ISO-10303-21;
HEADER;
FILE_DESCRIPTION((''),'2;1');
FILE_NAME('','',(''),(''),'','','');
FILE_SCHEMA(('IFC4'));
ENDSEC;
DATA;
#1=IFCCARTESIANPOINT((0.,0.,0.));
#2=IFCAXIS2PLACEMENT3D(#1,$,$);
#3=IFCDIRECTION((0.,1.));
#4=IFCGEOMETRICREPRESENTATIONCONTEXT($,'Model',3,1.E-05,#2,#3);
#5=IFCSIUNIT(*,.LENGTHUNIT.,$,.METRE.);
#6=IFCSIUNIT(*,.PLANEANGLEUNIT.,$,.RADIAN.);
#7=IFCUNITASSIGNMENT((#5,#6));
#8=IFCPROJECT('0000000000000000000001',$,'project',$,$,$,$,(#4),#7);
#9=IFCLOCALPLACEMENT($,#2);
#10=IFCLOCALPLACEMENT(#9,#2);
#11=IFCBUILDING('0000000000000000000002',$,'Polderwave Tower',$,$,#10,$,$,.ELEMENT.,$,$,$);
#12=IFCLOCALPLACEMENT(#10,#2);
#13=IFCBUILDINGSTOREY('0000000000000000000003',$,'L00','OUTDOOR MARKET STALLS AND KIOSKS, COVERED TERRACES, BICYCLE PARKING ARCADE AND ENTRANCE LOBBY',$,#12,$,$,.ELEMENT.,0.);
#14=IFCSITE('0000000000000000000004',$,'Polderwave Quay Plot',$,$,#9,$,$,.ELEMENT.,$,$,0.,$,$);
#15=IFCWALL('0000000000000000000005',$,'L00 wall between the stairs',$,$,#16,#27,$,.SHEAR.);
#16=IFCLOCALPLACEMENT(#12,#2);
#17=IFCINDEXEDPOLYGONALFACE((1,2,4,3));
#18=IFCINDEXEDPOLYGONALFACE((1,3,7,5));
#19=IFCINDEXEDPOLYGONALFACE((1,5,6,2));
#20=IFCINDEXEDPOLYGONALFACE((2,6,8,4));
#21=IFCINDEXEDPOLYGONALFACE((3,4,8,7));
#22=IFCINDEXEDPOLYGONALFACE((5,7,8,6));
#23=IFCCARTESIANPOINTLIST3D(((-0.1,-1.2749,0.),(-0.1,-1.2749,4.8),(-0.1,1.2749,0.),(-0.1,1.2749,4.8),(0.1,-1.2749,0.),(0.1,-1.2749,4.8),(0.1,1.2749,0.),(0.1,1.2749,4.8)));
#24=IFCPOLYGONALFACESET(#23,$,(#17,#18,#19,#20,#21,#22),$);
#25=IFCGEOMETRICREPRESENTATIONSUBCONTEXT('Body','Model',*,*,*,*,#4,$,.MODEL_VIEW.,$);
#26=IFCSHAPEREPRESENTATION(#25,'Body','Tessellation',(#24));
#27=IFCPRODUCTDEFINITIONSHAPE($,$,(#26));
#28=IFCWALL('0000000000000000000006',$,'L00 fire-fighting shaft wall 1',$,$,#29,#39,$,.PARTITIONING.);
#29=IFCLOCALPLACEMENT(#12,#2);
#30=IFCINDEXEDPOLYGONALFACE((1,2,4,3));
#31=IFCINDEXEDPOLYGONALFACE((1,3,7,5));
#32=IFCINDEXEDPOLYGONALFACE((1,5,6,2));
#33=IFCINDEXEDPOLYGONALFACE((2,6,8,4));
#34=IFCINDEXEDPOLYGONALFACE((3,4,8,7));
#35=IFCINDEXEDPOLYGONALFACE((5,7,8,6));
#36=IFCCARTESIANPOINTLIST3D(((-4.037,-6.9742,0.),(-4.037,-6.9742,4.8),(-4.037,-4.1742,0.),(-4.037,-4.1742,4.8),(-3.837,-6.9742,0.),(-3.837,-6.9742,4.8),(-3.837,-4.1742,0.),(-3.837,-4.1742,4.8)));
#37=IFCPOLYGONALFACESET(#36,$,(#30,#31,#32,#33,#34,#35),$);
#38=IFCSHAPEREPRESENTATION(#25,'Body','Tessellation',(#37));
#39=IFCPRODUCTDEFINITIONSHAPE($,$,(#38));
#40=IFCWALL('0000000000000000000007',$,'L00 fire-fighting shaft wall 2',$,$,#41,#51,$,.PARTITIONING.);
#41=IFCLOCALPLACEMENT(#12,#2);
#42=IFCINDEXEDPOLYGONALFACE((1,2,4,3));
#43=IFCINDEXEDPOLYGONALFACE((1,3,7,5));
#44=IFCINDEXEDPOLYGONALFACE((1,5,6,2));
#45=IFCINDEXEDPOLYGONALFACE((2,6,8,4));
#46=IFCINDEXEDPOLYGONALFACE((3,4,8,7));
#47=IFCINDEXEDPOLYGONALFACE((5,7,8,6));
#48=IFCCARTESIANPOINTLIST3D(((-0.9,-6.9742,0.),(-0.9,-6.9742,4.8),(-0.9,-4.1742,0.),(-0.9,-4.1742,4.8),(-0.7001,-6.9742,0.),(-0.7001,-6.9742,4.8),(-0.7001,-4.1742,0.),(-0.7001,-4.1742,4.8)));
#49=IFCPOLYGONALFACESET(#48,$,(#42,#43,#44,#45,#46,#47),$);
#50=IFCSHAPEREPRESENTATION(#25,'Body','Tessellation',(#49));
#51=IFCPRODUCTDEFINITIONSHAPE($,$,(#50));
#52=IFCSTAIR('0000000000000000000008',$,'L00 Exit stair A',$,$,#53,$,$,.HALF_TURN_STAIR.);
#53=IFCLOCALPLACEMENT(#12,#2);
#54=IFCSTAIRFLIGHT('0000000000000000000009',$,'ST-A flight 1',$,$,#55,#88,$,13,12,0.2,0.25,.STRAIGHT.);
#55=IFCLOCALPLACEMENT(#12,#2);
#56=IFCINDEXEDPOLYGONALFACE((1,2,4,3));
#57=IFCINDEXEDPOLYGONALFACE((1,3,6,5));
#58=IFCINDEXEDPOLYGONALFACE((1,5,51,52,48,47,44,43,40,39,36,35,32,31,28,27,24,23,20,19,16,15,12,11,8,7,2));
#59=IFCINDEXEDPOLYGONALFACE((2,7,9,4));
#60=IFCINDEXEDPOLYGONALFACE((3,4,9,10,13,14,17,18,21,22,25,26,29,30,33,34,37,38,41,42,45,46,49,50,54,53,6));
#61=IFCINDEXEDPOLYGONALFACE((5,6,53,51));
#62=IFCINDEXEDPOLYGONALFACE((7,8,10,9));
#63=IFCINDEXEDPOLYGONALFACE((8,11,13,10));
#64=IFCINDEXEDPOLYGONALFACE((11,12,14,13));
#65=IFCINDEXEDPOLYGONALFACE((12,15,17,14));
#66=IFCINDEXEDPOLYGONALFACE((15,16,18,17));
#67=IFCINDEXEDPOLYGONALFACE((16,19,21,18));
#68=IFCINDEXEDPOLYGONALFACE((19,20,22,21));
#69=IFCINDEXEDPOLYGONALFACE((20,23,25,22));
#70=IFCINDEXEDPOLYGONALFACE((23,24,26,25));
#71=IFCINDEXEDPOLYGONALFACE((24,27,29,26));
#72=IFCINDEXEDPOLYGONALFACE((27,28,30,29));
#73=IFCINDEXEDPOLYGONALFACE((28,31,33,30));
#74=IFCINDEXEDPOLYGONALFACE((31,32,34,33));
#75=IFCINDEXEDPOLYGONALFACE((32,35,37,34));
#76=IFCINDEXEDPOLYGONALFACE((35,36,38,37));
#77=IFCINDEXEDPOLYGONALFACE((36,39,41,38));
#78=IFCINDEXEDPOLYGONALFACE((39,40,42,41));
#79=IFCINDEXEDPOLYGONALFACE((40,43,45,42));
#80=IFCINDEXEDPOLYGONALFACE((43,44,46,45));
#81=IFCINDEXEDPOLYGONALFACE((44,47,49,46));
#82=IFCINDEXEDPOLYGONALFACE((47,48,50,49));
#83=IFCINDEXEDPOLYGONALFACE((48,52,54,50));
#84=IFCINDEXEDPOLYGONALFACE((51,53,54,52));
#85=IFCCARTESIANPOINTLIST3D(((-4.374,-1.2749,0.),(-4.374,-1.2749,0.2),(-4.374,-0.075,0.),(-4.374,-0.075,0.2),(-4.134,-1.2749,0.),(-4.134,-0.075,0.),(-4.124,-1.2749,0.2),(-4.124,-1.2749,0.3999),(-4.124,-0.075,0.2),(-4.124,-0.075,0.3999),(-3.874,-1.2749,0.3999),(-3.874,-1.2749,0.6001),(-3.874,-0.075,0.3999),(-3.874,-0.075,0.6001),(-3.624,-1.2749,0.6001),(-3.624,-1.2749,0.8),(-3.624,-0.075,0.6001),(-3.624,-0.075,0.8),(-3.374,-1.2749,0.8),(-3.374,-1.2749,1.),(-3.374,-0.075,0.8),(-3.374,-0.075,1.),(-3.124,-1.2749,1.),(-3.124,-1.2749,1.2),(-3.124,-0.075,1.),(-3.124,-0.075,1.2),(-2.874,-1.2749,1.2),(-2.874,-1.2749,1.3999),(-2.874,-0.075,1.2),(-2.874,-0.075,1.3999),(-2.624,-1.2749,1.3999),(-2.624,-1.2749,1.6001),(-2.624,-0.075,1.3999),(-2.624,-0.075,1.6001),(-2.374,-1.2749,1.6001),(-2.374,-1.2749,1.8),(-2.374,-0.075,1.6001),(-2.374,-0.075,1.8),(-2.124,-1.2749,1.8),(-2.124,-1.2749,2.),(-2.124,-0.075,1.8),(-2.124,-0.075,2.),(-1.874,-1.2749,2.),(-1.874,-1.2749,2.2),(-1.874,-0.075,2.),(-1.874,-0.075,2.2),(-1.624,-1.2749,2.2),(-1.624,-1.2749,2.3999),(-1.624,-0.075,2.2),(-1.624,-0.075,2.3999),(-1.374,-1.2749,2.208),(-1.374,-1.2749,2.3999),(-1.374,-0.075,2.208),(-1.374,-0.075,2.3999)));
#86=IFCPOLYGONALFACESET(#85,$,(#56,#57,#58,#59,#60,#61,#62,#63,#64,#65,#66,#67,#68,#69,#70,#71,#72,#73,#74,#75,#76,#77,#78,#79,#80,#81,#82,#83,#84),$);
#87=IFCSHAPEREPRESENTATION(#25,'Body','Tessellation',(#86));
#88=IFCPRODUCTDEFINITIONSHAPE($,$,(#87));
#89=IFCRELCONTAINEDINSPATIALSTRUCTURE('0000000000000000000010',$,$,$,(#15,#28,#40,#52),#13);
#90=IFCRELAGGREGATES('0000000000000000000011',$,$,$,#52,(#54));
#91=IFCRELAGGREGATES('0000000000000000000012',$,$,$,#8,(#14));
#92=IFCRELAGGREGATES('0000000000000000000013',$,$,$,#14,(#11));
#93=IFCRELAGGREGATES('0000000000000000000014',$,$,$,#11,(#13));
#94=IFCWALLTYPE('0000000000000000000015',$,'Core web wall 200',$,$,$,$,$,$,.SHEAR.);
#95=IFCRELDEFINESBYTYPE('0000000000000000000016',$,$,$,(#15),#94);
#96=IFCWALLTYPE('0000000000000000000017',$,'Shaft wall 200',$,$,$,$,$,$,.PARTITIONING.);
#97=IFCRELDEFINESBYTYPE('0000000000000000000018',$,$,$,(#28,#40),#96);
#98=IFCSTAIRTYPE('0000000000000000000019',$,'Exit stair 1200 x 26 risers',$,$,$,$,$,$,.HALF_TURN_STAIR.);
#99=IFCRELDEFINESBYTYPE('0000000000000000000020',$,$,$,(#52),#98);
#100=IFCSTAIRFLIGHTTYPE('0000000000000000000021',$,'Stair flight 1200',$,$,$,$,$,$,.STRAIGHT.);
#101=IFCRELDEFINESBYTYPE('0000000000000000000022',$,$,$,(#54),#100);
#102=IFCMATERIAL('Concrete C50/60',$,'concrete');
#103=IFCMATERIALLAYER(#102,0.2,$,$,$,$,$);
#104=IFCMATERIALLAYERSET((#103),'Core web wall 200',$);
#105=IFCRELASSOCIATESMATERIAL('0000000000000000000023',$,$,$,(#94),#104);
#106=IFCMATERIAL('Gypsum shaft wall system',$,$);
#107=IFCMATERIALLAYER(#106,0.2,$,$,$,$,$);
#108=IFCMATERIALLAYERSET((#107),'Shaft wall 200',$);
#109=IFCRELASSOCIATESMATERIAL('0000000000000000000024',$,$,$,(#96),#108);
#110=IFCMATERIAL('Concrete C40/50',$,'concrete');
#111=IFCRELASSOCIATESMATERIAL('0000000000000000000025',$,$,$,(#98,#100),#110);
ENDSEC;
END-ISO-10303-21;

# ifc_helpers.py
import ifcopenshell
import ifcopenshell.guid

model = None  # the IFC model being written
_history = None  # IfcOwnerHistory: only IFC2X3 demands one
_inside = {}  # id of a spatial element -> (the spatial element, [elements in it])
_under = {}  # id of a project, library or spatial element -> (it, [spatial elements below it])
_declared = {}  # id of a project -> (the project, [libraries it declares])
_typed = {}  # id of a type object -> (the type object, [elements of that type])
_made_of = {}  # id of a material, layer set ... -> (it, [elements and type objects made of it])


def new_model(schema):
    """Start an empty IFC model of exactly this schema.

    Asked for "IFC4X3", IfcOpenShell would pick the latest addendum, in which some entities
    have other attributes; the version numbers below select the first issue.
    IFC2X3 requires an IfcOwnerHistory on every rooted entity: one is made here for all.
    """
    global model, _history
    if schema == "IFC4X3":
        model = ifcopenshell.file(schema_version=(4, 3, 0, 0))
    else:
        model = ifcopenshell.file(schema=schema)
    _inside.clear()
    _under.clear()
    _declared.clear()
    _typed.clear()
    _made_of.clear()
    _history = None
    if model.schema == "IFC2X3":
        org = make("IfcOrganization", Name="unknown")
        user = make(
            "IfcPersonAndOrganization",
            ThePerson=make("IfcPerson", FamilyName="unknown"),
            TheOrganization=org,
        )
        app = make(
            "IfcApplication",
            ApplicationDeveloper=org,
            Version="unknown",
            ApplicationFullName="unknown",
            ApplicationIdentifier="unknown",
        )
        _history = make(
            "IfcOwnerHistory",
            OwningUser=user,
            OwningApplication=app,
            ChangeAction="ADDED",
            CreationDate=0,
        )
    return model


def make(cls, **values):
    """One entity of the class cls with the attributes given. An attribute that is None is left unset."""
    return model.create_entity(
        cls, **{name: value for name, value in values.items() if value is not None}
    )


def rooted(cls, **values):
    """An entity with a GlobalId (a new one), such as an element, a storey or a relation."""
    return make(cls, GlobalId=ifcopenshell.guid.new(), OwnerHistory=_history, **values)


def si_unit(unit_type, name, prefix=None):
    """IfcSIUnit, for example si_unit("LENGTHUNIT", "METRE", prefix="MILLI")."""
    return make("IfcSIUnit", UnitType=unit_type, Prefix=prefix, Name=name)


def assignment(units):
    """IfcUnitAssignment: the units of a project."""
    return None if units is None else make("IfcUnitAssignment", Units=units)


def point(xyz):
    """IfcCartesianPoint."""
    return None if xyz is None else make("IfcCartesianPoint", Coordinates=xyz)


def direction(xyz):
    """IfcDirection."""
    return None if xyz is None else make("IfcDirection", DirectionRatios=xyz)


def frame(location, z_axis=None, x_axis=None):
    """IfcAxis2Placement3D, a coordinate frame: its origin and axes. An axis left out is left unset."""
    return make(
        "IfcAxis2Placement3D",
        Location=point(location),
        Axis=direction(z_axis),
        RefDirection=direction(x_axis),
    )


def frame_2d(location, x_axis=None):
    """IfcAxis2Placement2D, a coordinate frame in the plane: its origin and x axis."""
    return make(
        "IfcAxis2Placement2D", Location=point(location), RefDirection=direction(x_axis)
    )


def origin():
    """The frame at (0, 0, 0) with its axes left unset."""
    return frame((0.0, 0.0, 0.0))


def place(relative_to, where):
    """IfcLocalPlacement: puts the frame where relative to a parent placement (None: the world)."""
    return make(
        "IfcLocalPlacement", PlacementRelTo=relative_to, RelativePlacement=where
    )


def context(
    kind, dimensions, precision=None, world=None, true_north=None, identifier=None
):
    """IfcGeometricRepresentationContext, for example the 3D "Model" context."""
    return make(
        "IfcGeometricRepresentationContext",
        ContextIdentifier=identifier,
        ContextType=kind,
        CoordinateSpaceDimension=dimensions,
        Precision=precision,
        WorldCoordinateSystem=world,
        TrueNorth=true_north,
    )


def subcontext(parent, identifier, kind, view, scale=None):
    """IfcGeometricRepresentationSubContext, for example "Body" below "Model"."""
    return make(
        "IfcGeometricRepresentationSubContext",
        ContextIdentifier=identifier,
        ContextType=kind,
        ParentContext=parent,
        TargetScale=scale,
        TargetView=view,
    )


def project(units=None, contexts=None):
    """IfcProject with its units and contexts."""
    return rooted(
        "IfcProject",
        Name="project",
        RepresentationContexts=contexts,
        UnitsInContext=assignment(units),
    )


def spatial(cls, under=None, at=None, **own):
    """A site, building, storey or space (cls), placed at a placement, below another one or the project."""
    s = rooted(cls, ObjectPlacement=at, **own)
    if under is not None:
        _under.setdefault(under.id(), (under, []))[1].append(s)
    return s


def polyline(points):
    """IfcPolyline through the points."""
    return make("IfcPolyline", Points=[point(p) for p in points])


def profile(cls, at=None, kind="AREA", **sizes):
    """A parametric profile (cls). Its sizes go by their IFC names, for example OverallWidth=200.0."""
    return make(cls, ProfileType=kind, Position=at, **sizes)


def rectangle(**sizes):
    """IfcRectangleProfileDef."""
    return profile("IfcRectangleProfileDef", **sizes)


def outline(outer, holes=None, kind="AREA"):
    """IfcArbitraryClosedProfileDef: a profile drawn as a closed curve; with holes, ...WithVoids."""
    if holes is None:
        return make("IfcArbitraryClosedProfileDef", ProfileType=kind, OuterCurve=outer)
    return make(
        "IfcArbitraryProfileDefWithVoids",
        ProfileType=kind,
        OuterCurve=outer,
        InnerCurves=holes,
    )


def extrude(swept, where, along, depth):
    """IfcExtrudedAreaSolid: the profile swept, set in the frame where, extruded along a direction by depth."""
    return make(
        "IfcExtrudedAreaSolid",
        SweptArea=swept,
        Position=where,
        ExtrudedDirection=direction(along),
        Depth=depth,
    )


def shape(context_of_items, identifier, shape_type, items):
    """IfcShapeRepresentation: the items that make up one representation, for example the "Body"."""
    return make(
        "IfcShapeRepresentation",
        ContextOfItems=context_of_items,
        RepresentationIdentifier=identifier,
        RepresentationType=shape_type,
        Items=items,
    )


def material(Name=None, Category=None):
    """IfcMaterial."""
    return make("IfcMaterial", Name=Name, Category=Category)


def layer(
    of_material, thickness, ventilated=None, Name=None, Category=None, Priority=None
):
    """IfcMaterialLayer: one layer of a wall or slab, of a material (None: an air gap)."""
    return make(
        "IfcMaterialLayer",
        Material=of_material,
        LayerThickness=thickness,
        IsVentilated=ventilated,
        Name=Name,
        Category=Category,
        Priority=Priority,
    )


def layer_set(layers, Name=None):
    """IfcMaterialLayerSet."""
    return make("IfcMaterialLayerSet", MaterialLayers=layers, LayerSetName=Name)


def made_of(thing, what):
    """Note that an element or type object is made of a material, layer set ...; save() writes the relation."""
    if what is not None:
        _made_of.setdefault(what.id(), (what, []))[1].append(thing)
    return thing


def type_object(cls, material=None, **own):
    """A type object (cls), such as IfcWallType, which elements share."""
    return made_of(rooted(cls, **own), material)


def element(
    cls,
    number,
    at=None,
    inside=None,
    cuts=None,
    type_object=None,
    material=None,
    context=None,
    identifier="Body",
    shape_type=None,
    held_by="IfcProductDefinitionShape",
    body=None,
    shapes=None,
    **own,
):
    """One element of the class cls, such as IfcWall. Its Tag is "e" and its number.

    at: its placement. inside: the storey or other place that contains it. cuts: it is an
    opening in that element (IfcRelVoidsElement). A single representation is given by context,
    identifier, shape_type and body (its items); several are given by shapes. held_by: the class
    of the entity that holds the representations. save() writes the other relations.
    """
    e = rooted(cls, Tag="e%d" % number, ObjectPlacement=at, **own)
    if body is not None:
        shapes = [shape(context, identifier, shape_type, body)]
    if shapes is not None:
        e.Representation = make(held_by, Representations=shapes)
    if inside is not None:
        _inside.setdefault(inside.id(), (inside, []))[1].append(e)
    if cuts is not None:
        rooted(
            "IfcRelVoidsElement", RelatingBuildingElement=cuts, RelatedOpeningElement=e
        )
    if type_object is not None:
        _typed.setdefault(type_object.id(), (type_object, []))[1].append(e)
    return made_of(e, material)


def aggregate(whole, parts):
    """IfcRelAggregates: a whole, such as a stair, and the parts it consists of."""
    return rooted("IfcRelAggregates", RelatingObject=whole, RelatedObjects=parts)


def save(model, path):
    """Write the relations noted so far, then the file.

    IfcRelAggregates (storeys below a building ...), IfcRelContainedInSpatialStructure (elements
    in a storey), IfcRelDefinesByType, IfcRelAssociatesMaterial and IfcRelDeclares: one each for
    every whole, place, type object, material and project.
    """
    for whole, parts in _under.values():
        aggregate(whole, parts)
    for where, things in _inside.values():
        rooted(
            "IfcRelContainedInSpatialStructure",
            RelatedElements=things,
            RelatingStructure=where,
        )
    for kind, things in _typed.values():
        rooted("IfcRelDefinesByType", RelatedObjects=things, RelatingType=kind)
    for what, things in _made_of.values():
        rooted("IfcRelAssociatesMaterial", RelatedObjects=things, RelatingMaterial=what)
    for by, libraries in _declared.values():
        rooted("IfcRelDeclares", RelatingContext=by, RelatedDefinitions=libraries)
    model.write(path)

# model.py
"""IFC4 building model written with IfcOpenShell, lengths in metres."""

from ifc_helpers import new_model, si_unit, direction, frame, frame_2d, origin, place, context, subcontext, project, spatial, polyline, rectangle, outline, extrude, material, layer, layer_set, type_object, element, aggregate, save


model = new_model("IFC4")

# Units and contexts
model_context = context("Model", 3, precision=1e-05, world=origin(), true_north=direction((0.0, 1.0)))
body_context = subcontext(model_context, "Body", "Model", "MODEL_VIEW")
ifc_project = project(units=[si_unit("LENGTHUNIT", "METRE"), si_unit("PLANEANGLEUNIT", "RADIAN")], contexts=[model_context])

# Site, building, storey
site_placement = place(None, origin())
site = spatial("IfcSite", under=ifc_project, at=site_placement, Name="Polderwave Quay Plot", CompositionType="ELEMENT", RefElevation=0.0)
building_placement = place(site_placement, origin())
building = spatial("IfcBuilding", under=site, at=building_placement, Name="Polderwave Tower", CompositionType="ELEMENT")
storey_placement = place(building_placement, origin())
storey = spatial("IfcBuildingStorey", under=building, at=storey_placement, Name="L00", Description="OUTDOOR MARKET STALLS AND KIOSKS, COVERED TERRACES, BICYCLE PARKING ARCADE AND ENTRANCE LOBBY", CompositionType="ELEMENT", Elevation=0.0)

# Shared definitions
ifc_material_1 = material(Name="Concrete C40/50", Category="concrete")

# Walls
ifc_material_2 = material(Name="Concrete C50/60", Category="concrete")
ifc_layer_1 = layer(ifc_material_2, 0.2)
ifc_layer_set_1 = layer_set([ifc_layer_1], Name="Core web wall 200")
wall_type_1 = type_object("IfcWallType", Name="Core web wall 200", PredefinedType="SHEAR", material=ifc_layer_set_1)
wall_1_placement = place(storey_placement, frame((0.0, -1.2749, 0.0), z_axis=(0.0, 0.0, 1.0), x_axis=(0.0, 1.0, 0.0)))
element("IfcWall", 1, at=wall_1_placement, inside=storey, type_object=wall_type_1, Name="L00 wall between the stairs", PredefinedType="SHEAR", context=body_context, shape_type="SweptSolid", body=[
    extrude(rectangle(XDim=2.5498, YDim=0.2, at=frame_2d((1.2749, 0.0))), origin(), (0.0, 0.0, 1.0), 4.8),
])
ifc_material_3 = material(Name="Gypsum shaft wall system")
ifc_layer_2 = layer(ifc_material_3, 0.2)
ifc_layer_set_2 = layer_set([ifc_layer_2], Name="Shaft wall 200")
wall_type_2 = type_object("IfcWallType", Name="Shaft wall 200", PredefinedType="PARTITIONING", material=ifc_layer_set_2)
for number, where, z_axis, x_axis, name in (
    (2, (-3.937, -6.9741, 0.0), (0.0, 0.0, 1.0), (0.0, 1.0, 0.0), "L00 fire-fighting shaft wall 1"),
    (3, (-0.8, -6.9741, 0.0), (0.0, 0.0, 1.0), (0.0, 1.0, 0.0), "L00 fire-fighting shaft wall 2"),
):
    element("IfcWall", number, at=place(storey_placement, frame(where, z_axis=z_axis, x_axis=x_axis)), inside=storey, type_object=wall_type_2, Name=name, PredefinedType="PARTITIONING", context=body_context, shape_type="SweptSolid", body=[
        extrude(rectangle(XDim=2.8, YDim=0.2, at=frame_2d((1.3999, 0.0))), origin(), (0.0, 0.0, 1.0), 4.8),
    ])

# Stair, stair flight
stair_type = type_object("IfcStairType", Name="Exit stair 1200 x 26 risers", PredefinedType="HALF_TURN_STAIR", material=ifc_material_1)
stair_placement = place(storey_placement, origin())
stair = element("IfcStair", 4, at=stair_placement, inside=storey, type_object=stair_type, Name="L00 Exit stair A", PredefinedType="HALF_TURN_STAIR")
stair_flight_type = type_object("IfcStairFlightType", Name="Stair flight 1200", PredefinedType="STRAIGHT", material=ifc_material_1)
stair_flight_placement = place(storey_placement, frame((-4.374, -0.675, 0.0), z_axis=(0.0, 0.0, 1.0), x_axis=(1.0, 0.0, 0.0)))
stair_flight = element("IfcStairFlight", 5, at=stair_flight_placement, type_object=stair_flight_type, Name="ST-A flight 1", NumberOfRisers=13, NumberOfTreads=12, PredefinedType="STRAIGHT", RiserHeight=0.2, TreadLength=0.25, context=body_context, shape_type="SweptSolid", body=[
    extrude(outline(polyline([(0.0, 0.0), (0.0, 0.2), (0.25, 0.2), (0.25, 0.3999), (0.5, 0.3999), (0.5, 0.6001), (0.75, 0.6001), (0.75, 0.8), (1.0, 0.8), (1.0, 1.0), (1.25, 1.0), (1.25, 1.2), (1.5, 1.2), (1.5, 1.3999), (1.75, 1.3999), (1.75, 1.6001), (2.0, 1.6001), (2.0, 1.8), (2.25, 1.8), (2.25, 2.0), (2.5, 2.0), (2.5, 2.2), (2.75, 2.2), (2.75, 2.3999), (3.0, 2.3999), (3.0, 2.6001), (3.0, 2.208), (0.24, 0.0), (0.0, 0.0)])), frame((0.0, 0.6001, 0.0), z_axis=(0.0, -1.0, 0.0), x_axis=(1.0, 0.0, 0.0)), (0.0, 0.0, 1.0), 1.2),
])
aggregate(stair, [stair_flight])

save(model, "model.ifc")
